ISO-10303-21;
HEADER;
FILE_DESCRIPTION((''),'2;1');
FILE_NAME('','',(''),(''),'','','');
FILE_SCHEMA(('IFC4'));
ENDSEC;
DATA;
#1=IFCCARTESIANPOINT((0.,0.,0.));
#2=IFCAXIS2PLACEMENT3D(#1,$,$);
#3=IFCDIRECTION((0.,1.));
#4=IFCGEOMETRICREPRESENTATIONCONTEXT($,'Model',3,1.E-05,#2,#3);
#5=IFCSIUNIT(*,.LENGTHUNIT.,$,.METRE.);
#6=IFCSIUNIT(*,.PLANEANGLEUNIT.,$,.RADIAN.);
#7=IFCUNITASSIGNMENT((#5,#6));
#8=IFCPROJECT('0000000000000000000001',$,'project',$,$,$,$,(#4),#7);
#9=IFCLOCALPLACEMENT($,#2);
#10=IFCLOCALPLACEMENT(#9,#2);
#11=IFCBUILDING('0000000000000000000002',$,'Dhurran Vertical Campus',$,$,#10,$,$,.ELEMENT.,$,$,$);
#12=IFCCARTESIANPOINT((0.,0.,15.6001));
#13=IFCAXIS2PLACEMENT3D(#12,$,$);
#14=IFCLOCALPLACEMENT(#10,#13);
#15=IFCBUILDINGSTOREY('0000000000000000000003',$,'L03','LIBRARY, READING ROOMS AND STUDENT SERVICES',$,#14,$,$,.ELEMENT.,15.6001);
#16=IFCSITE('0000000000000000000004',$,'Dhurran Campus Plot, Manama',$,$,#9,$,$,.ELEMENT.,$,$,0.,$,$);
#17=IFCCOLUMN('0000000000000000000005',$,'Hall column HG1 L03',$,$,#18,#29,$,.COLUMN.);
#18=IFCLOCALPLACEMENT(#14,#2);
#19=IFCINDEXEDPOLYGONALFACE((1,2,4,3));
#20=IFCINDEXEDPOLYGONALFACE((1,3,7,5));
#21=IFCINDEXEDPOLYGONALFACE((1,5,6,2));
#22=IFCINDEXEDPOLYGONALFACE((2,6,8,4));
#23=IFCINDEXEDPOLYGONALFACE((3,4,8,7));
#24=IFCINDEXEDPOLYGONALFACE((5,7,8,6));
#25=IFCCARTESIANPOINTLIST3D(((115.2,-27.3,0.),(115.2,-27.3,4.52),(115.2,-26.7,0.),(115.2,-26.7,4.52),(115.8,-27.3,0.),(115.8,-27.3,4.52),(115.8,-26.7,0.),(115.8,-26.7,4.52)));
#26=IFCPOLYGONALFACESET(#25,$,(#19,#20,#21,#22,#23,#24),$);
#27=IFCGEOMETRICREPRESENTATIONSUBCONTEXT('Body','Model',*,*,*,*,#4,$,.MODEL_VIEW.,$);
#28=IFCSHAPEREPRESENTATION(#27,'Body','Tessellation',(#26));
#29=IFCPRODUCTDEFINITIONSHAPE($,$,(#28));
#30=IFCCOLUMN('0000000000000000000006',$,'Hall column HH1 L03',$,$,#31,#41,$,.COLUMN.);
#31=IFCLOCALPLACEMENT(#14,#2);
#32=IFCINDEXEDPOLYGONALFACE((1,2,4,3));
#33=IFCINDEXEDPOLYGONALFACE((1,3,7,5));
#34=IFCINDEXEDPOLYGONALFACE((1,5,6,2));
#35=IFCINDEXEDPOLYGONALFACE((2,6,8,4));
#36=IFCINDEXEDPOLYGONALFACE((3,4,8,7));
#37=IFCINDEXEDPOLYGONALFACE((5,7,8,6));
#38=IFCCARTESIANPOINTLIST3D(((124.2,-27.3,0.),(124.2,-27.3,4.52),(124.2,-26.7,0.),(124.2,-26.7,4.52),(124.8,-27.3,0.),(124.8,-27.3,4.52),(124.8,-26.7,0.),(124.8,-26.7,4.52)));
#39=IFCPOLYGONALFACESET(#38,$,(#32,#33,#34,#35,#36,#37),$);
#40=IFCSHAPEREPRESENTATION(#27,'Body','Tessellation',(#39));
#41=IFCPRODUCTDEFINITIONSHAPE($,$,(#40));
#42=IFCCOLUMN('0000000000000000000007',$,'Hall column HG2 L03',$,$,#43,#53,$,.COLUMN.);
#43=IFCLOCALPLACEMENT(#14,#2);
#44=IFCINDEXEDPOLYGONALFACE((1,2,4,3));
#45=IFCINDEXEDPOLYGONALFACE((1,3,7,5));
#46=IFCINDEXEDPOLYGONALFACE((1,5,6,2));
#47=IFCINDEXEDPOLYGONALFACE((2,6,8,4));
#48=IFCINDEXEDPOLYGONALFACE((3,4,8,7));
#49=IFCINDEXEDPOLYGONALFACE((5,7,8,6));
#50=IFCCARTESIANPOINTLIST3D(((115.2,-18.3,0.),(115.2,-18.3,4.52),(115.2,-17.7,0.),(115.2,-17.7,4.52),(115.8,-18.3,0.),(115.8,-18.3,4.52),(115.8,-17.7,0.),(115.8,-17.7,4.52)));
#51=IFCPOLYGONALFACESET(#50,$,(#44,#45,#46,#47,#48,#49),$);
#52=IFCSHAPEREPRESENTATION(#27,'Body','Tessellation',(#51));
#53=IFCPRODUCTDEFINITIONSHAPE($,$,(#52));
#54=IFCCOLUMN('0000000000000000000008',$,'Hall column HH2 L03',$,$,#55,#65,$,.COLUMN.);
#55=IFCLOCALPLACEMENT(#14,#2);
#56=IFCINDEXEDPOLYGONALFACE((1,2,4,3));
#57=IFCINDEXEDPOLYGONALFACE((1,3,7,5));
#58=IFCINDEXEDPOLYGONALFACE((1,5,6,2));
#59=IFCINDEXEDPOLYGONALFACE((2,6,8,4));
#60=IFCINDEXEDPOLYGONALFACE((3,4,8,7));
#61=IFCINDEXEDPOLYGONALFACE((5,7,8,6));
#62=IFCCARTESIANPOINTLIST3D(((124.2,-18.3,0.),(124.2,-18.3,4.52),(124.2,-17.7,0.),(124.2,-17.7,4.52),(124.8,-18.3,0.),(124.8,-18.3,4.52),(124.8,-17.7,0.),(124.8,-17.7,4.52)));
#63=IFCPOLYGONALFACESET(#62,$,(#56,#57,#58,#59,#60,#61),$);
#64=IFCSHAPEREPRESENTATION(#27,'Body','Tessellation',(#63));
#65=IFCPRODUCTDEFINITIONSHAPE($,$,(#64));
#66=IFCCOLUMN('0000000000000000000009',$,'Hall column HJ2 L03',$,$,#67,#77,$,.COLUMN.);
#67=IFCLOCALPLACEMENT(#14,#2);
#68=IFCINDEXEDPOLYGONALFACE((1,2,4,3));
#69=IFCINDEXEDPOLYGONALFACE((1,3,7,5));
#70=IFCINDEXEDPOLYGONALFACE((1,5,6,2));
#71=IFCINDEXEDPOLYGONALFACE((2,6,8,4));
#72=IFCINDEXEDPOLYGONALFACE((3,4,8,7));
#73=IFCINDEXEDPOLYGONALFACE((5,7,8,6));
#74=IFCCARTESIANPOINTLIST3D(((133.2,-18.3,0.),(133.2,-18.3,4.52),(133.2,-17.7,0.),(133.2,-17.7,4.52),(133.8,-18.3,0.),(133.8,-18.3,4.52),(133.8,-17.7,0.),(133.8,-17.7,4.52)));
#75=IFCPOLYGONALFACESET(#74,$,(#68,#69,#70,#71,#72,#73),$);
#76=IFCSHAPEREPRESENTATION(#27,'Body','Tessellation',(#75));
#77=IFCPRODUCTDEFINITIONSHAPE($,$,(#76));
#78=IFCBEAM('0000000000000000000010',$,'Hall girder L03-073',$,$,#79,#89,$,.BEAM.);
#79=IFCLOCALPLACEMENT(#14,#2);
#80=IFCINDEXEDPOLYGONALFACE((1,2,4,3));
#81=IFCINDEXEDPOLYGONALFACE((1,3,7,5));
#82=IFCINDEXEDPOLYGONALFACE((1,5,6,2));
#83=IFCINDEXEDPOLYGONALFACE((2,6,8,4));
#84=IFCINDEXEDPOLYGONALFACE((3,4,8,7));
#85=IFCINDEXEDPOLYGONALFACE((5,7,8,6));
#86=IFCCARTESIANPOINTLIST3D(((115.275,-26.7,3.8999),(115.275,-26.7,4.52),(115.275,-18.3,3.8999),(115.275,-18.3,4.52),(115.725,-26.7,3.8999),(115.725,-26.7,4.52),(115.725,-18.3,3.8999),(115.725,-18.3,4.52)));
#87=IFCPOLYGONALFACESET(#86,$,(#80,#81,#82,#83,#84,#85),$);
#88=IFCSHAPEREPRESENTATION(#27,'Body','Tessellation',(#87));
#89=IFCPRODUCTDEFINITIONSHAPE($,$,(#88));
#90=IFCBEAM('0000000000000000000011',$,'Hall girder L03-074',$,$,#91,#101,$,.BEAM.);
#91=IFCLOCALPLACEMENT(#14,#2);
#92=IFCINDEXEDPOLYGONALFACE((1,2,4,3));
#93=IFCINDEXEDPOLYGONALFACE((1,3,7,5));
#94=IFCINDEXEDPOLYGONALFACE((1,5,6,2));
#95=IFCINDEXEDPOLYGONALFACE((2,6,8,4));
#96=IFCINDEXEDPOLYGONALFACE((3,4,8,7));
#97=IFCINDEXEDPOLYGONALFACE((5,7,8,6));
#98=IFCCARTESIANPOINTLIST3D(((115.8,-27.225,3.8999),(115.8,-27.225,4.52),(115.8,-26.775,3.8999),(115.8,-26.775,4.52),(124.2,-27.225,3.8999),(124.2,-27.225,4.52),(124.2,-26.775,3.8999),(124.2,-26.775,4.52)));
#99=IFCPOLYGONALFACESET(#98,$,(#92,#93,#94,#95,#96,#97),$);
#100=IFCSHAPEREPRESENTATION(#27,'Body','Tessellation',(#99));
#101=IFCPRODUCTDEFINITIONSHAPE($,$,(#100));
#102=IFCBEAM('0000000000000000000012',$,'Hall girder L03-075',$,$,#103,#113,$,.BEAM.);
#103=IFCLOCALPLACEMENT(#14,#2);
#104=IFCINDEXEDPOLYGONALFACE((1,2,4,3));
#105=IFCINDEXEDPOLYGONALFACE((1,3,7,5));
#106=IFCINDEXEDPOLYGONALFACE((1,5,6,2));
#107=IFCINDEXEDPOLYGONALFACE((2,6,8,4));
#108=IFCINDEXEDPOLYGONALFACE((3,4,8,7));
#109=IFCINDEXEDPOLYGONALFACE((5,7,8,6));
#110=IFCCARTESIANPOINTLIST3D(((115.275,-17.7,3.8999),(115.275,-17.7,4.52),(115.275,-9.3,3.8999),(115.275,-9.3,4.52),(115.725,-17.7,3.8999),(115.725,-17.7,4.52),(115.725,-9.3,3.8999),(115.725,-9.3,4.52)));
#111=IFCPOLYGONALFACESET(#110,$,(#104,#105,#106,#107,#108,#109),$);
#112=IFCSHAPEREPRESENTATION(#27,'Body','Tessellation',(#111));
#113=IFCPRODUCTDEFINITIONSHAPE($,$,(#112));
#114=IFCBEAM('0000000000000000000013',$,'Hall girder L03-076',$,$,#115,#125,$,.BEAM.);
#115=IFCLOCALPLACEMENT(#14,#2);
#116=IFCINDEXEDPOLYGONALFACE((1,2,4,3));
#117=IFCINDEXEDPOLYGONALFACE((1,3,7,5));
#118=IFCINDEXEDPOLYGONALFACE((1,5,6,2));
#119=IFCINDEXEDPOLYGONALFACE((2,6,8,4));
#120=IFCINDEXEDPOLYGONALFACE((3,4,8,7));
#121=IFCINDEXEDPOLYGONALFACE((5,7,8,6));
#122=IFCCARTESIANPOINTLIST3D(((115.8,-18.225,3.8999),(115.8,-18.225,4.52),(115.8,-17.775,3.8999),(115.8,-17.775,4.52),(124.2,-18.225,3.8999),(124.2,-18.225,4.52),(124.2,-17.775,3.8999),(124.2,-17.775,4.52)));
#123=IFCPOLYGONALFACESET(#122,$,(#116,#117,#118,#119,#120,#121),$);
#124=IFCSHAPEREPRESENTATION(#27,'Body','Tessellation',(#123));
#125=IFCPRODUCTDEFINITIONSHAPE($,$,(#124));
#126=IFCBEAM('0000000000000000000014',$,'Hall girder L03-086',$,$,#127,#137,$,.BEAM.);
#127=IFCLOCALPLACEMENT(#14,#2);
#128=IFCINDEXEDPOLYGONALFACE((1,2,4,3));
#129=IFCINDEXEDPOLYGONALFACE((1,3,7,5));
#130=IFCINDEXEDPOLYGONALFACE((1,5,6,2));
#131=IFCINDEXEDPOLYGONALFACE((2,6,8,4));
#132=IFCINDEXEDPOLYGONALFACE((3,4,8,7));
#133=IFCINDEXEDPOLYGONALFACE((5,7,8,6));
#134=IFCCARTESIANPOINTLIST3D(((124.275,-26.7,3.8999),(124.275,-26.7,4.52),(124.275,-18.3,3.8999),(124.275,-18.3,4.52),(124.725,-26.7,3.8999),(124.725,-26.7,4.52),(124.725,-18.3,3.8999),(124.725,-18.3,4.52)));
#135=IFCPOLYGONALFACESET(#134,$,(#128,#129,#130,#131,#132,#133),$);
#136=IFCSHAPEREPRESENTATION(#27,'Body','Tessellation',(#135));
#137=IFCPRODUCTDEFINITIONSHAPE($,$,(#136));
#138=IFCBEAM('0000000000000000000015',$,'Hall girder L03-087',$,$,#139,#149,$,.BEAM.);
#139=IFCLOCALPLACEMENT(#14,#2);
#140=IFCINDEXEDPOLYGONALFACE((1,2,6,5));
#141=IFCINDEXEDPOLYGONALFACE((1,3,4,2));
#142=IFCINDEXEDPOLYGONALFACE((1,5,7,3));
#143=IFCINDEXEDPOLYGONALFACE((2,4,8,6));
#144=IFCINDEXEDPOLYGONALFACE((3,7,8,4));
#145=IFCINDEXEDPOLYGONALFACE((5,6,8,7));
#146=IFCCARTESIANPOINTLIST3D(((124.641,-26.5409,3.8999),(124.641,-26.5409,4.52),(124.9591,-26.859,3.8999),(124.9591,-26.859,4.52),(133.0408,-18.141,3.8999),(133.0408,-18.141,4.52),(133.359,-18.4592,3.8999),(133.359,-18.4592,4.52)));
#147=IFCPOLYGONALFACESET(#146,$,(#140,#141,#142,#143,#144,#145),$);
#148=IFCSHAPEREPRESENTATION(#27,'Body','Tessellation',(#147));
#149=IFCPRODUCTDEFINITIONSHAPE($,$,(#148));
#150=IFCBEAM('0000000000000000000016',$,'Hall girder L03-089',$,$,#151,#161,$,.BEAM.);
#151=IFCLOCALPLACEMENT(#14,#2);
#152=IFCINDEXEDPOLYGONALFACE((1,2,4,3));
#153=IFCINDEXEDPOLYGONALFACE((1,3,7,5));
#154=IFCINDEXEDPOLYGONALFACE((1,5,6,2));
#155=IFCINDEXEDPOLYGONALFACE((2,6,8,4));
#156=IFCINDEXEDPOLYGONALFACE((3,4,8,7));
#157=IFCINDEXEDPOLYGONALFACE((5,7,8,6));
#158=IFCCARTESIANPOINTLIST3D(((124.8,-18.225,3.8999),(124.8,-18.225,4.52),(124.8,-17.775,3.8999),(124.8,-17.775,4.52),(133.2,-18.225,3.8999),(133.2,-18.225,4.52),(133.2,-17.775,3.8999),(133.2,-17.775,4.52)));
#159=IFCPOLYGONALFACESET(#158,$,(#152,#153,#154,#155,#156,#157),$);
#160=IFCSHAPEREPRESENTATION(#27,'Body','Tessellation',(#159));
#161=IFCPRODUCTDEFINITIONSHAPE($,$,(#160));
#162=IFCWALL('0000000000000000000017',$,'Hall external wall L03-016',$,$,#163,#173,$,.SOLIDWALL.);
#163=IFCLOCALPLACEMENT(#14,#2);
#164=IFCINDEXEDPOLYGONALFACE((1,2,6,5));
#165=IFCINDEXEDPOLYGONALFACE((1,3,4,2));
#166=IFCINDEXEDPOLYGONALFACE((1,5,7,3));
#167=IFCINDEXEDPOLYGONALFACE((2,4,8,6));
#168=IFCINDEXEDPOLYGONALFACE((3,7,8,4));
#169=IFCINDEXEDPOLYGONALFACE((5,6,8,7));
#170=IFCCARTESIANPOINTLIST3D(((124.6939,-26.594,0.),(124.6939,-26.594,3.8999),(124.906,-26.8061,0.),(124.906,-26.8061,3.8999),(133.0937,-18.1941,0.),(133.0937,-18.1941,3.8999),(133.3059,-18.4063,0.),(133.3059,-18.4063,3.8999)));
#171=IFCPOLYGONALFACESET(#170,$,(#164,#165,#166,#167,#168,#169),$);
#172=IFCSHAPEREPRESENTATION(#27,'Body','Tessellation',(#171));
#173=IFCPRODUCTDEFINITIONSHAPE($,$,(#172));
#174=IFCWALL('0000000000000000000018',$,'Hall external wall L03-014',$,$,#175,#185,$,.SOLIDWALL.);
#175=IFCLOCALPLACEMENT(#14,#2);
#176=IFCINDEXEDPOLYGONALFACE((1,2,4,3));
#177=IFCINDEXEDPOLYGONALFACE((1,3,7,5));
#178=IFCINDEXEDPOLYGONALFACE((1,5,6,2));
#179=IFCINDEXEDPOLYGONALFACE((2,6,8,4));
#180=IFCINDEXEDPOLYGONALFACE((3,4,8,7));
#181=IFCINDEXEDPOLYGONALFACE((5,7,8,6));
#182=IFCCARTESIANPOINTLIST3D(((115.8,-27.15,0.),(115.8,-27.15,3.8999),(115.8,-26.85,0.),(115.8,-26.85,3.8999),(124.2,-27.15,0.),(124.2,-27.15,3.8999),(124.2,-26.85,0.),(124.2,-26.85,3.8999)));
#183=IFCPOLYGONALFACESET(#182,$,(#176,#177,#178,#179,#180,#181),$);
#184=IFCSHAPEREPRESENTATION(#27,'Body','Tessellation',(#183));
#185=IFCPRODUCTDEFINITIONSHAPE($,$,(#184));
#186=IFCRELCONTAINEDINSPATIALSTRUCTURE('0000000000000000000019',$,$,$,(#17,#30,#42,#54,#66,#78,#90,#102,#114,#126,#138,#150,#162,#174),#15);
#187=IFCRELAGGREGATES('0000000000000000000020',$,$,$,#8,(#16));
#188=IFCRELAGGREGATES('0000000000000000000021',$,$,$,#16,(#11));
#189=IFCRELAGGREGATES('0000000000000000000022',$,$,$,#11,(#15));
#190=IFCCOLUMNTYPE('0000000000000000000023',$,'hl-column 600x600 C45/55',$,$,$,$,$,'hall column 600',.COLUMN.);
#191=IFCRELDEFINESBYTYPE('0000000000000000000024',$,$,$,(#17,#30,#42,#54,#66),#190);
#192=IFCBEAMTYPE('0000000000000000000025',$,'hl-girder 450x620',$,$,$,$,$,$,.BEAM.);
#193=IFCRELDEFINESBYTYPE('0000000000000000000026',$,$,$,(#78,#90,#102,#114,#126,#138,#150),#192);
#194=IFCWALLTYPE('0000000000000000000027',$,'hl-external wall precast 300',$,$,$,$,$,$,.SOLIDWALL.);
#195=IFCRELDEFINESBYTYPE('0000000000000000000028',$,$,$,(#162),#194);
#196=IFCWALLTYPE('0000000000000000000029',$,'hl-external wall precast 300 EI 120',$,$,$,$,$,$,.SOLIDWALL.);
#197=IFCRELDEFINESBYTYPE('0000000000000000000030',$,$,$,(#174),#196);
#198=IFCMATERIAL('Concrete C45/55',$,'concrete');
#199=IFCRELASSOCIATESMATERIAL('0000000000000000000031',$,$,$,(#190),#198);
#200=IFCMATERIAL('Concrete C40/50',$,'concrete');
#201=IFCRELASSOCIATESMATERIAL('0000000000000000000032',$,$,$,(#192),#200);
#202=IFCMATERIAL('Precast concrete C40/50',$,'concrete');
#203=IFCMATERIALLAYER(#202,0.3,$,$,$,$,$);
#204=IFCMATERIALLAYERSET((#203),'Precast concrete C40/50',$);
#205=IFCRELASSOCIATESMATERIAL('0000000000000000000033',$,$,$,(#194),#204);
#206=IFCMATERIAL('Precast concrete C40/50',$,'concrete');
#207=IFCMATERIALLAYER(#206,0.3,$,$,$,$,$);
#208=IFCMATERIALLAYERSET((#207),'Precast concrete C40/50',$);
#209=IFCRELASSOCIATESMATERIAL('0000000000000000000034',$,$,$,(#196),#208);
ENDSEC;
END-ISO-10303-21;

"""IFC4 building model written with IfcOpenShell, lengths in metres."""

from ifc_helpers import new_model, si_unit, direction, frame, frame_2d, origin, origin_2d, place, context, subcontext, project, spatial, rectangle, extrude, material, layer, layer_set, material_profile, profile_set, type_object, element, save


model = new_model("IFC4")

# Units and contexts
model_context = context("Model", 3, precision=1e-05, world=origin(), true_north=direction((0.0, 1.0)))
body_context = subcontext(model_context, "Body", "Model", "MODEL_VIEW")
ifc_project = project(units=[si_unit("LENGTHUNIT", "METRE"), si_unit("PLANEANGLEUNIT", "RADIAN")], contexts=[model_context])

# Site, building, storey
site_placement = place(None, origin())
site = spatial("IfcSite", under=ifc_project, at=site_placement, Name="Dhurran Campus Plot, Manama", CompositionType="ELEMENT", RefElevation=0.0)
building_placement = place(site_placement, origin())
building = spatial("IfcBuilding", under=site, at=building_placement, Name="Dhurran Vertical Campus", CompositionType="ELEMENT")
storey_placement = place(building_placement, frame((0.0, 0.0, 15.6001)))
storey = spatial("IfcBuildingStorey", under=building, at=storey_placement, Name="L03", Description="LIBRARY, READING ROOMS AND STUDENT SERVICES", CompositionType="ELEMENT", Elevation=15.6001)

# Columns
ifc_material_1 = material(Name="Concrete C45/55", Category="concrete")
ifc_material_profile_1 = material_profile(ifc_material_1, rectangle(XDim=0.6001, YDim=0.6001, at=origin_2d()), Name="hl-column 600x600 C45/55")
ifc_profile_set_1 = profile_set([ifc_material_profile_1], Name="Concrete C45/55")
column_type = type_object("IfcColumnType", Name="hl-column 600x600 C45/55", ElementType="hall column 600", PredefinedType="COLUMN", material=ifc_profile_set_1)
for number, where, z_axis, x_axis, name in (
    (1, (115.5, -27.0, 0.0), (0.0, 0.0, 1.0), (1.0, 0.0, 0.0), "Hall column HG1 L03"),
    (2, (124.5, -27.0, 0.0), (0.0, 0.0, 1.0), (1.0, 0.0, 0.0), "Hall column HH1 L03"),
    (3, (115.5, -18.0, 0.0), (0.0, 0.0, 1.0), (1.0, 0.0, 0.0), "Hall column HG2 L03"),
    (4, (124.5, -18.0, 0.0), (0.0, 0.0, 1.0), (1.0, 0.0, 0.0), "Hall column HH2 L03"),
    (5, (133.5, -18.0, 0.0), (0.0, 0.0, 1.0), (1.0, 0.0, 0.0), "Hall column HJ2 L03"),
):
    element("IfcColumn", number, at=place(storey_placement, frame(where, z_axis=z_axis, x_axis=x_axis)), inside=storey, type_object=column_type, Name=name, PredefinedType="COLUMN", context=body_context, shape_type="SweptSolid", body=[
        extrude(rectangle(XDim=0.6001, YDim=0.6001, at=origin_2d()), origin(), (0.0, 0.0, 1.0), 4.52),
    ])

# Beams
ifc_material_2 = material(Name="Concrete C40/50", Category="concrete")
ifc_material_profile_2 = material_profile(ifc_material_2, rectangle(XDim=0.45, YDim=0.6201, at=origin_2d()), Name="hl-girder 450x620")
ifc_profile_set_2 = profile_set([ifc_material_profile_2], Name="Concrete C40/50")
beam_type = type_object("IfcBeamType", Name="hl-girder 450x620", PredefinedType="BEAM", material=ifc_profile_set_2)
for number, where, z_axis, x_axis, name in (
    (6, (115.5, -26.7, 4.21), (0.0, 1.0, 0.0), (-1.0, 0.0, 0.0), "Hall girder L03-073"),
    (7, (115.8, -27.0, 4.21), (1.0, 0.0, 0.0), (0.0, 1.0, 0.0), "Hall girder L03-074"),
    (8, (115.5, -17.7, 4.21), (0.0, 1.0, 0.0), (-1.0, 0.0, 0.0), "Hall girder L03-075"),
    (9, (115.8, -18.0, 4.21), (1.0, 0.0, 0.0), (0.0, 1.0, 0.0), "Hall girder L03-076"),
    (10, (124.5, -26.7, 4.21), (0.0, 1.0, 0.0), (-1.0, 0.0, 0.0), "Hall girder L03-086"),
):
    element("IfcBeam", number, at=place(storey_placement, frame(where, z_axis=z_axis, x_axis=x_axis)), inside=storey, type_object=beam_type, Name=name, PredefinedType="BEAM", context=body_context, shape_type="SweptSolid", body=[
        extrude(rectangle(XDim=0.45, YDim=0.6201, at=origin_2d()), origin(), (0.0, 0.0, 1.0), 8.3999),
    ])
beam_1_placement = place(storey_placement, frame((124.8, -26.7, 4.21), z_axis=(0.707107, 0.707107, 0.0), x_axis=(-0.707107, 0.707107, 0.0)))
element("IfcBeam", 11, at=beam_1_placement, inside=storey, type_object=beam_type, Name="Hall girder L03-087", PredefinedType="BEAM", context=body_context, shape_type="SweptSolid", body=[
    extrude(rectangle(XDim=0.45, YDim=0.6201, at=origin_2d()), origin(), (0.0, 0.0, 1.0), 11.8792),
])
beam_2_placement = place(storey_placement, frame((124.8, -18.0, 4.21), z_axis=(1.0, 0.0, 0.0), x_axis=(0.0, 1.0, 0.0)))
element("IfcBeam", 12, at=beam_2_placement, inside=storey, type_object=beam_type, Name="Hall girder L03-089", PredefinedType="BEAM", context=body_context, shape_type="SweptSolid", body=[
    extrude(rectangle(XDim=0.45, YDim=0.6201, at=origin_2d()), origin(), (0.0, 0.0, 1.0), 8.3999),
])

# Walls
ifc_material_3 = material(Name="Precast concrete C40/50", Category="concrete")
ifc_layer_1 = layer(ifc_material_3, 0.3)
ifc_layer_set_1 = layer_set([ifc_layer_1], Name="Precast concrete C40/50")
wall_type_1 = type_object("IfcWallType", Name="hl-external wall precast 300", PredefinedType="SOLIDWALL", material=ifc_layer_set_1)
wall_1_placement = place(storey_placement, frame((124.8, -26.7, 0.0), z_axis=(0.0, 0.0, 1.0), x_axis=(0.707107, 0.707107, 0.0)))
element("IfcWall", 13, at=wall_1_placement, inside=storey, type_object=wall_type_1, Name="Hall external wall L03-016", PredefinedType="SOLIDWALL", context=body_context, shape_type="SweptSolid", body=[
    extrude(rectangle(XDim=11.8792, YDim=0.3, at=frame_2d((5.9395, 0.0))), origin(), (0.0, 0.0, 1.0), 3.8999),
])
ifc_material_4 = material(Name="Precast concrete C40/50", Category="concrete")
ifc_layer_2 = layer(ifc_material_4, 0.3)
ifc_layer_set_2 = layer_set([ifc_layer_2], Name="Precast concrete C40/50")
wall_type_2 = type_object("IfcWallType", Name="hl-external wall precast 300 EI 120", PredefinedType="SOLIDWALL", material=ifc_layer_set_2)
wall_2_placement = place(storey_placement, frame((115.8, -27.0, 0.0), z_axis=(0.0, 0.0, 1.0), x_axis=(1.0, 0.0, 0.0)))
element("IfcWall", 14, at=wall_2_placement, inside=storey, type_object=wall_type_2, Name="Hall external wall L03-014", PredefinedType="SOLIDWALL", context=body_context, shape_type="SweptSolid", body=[
    extrude(rectangle(XDim=8.3999, YDim=0.3, at=frame_2d((4.2, 0.0))), origin(), (0.0, 0.0, 1.0), 3.8999),
])

save(model, "model.ifc")
